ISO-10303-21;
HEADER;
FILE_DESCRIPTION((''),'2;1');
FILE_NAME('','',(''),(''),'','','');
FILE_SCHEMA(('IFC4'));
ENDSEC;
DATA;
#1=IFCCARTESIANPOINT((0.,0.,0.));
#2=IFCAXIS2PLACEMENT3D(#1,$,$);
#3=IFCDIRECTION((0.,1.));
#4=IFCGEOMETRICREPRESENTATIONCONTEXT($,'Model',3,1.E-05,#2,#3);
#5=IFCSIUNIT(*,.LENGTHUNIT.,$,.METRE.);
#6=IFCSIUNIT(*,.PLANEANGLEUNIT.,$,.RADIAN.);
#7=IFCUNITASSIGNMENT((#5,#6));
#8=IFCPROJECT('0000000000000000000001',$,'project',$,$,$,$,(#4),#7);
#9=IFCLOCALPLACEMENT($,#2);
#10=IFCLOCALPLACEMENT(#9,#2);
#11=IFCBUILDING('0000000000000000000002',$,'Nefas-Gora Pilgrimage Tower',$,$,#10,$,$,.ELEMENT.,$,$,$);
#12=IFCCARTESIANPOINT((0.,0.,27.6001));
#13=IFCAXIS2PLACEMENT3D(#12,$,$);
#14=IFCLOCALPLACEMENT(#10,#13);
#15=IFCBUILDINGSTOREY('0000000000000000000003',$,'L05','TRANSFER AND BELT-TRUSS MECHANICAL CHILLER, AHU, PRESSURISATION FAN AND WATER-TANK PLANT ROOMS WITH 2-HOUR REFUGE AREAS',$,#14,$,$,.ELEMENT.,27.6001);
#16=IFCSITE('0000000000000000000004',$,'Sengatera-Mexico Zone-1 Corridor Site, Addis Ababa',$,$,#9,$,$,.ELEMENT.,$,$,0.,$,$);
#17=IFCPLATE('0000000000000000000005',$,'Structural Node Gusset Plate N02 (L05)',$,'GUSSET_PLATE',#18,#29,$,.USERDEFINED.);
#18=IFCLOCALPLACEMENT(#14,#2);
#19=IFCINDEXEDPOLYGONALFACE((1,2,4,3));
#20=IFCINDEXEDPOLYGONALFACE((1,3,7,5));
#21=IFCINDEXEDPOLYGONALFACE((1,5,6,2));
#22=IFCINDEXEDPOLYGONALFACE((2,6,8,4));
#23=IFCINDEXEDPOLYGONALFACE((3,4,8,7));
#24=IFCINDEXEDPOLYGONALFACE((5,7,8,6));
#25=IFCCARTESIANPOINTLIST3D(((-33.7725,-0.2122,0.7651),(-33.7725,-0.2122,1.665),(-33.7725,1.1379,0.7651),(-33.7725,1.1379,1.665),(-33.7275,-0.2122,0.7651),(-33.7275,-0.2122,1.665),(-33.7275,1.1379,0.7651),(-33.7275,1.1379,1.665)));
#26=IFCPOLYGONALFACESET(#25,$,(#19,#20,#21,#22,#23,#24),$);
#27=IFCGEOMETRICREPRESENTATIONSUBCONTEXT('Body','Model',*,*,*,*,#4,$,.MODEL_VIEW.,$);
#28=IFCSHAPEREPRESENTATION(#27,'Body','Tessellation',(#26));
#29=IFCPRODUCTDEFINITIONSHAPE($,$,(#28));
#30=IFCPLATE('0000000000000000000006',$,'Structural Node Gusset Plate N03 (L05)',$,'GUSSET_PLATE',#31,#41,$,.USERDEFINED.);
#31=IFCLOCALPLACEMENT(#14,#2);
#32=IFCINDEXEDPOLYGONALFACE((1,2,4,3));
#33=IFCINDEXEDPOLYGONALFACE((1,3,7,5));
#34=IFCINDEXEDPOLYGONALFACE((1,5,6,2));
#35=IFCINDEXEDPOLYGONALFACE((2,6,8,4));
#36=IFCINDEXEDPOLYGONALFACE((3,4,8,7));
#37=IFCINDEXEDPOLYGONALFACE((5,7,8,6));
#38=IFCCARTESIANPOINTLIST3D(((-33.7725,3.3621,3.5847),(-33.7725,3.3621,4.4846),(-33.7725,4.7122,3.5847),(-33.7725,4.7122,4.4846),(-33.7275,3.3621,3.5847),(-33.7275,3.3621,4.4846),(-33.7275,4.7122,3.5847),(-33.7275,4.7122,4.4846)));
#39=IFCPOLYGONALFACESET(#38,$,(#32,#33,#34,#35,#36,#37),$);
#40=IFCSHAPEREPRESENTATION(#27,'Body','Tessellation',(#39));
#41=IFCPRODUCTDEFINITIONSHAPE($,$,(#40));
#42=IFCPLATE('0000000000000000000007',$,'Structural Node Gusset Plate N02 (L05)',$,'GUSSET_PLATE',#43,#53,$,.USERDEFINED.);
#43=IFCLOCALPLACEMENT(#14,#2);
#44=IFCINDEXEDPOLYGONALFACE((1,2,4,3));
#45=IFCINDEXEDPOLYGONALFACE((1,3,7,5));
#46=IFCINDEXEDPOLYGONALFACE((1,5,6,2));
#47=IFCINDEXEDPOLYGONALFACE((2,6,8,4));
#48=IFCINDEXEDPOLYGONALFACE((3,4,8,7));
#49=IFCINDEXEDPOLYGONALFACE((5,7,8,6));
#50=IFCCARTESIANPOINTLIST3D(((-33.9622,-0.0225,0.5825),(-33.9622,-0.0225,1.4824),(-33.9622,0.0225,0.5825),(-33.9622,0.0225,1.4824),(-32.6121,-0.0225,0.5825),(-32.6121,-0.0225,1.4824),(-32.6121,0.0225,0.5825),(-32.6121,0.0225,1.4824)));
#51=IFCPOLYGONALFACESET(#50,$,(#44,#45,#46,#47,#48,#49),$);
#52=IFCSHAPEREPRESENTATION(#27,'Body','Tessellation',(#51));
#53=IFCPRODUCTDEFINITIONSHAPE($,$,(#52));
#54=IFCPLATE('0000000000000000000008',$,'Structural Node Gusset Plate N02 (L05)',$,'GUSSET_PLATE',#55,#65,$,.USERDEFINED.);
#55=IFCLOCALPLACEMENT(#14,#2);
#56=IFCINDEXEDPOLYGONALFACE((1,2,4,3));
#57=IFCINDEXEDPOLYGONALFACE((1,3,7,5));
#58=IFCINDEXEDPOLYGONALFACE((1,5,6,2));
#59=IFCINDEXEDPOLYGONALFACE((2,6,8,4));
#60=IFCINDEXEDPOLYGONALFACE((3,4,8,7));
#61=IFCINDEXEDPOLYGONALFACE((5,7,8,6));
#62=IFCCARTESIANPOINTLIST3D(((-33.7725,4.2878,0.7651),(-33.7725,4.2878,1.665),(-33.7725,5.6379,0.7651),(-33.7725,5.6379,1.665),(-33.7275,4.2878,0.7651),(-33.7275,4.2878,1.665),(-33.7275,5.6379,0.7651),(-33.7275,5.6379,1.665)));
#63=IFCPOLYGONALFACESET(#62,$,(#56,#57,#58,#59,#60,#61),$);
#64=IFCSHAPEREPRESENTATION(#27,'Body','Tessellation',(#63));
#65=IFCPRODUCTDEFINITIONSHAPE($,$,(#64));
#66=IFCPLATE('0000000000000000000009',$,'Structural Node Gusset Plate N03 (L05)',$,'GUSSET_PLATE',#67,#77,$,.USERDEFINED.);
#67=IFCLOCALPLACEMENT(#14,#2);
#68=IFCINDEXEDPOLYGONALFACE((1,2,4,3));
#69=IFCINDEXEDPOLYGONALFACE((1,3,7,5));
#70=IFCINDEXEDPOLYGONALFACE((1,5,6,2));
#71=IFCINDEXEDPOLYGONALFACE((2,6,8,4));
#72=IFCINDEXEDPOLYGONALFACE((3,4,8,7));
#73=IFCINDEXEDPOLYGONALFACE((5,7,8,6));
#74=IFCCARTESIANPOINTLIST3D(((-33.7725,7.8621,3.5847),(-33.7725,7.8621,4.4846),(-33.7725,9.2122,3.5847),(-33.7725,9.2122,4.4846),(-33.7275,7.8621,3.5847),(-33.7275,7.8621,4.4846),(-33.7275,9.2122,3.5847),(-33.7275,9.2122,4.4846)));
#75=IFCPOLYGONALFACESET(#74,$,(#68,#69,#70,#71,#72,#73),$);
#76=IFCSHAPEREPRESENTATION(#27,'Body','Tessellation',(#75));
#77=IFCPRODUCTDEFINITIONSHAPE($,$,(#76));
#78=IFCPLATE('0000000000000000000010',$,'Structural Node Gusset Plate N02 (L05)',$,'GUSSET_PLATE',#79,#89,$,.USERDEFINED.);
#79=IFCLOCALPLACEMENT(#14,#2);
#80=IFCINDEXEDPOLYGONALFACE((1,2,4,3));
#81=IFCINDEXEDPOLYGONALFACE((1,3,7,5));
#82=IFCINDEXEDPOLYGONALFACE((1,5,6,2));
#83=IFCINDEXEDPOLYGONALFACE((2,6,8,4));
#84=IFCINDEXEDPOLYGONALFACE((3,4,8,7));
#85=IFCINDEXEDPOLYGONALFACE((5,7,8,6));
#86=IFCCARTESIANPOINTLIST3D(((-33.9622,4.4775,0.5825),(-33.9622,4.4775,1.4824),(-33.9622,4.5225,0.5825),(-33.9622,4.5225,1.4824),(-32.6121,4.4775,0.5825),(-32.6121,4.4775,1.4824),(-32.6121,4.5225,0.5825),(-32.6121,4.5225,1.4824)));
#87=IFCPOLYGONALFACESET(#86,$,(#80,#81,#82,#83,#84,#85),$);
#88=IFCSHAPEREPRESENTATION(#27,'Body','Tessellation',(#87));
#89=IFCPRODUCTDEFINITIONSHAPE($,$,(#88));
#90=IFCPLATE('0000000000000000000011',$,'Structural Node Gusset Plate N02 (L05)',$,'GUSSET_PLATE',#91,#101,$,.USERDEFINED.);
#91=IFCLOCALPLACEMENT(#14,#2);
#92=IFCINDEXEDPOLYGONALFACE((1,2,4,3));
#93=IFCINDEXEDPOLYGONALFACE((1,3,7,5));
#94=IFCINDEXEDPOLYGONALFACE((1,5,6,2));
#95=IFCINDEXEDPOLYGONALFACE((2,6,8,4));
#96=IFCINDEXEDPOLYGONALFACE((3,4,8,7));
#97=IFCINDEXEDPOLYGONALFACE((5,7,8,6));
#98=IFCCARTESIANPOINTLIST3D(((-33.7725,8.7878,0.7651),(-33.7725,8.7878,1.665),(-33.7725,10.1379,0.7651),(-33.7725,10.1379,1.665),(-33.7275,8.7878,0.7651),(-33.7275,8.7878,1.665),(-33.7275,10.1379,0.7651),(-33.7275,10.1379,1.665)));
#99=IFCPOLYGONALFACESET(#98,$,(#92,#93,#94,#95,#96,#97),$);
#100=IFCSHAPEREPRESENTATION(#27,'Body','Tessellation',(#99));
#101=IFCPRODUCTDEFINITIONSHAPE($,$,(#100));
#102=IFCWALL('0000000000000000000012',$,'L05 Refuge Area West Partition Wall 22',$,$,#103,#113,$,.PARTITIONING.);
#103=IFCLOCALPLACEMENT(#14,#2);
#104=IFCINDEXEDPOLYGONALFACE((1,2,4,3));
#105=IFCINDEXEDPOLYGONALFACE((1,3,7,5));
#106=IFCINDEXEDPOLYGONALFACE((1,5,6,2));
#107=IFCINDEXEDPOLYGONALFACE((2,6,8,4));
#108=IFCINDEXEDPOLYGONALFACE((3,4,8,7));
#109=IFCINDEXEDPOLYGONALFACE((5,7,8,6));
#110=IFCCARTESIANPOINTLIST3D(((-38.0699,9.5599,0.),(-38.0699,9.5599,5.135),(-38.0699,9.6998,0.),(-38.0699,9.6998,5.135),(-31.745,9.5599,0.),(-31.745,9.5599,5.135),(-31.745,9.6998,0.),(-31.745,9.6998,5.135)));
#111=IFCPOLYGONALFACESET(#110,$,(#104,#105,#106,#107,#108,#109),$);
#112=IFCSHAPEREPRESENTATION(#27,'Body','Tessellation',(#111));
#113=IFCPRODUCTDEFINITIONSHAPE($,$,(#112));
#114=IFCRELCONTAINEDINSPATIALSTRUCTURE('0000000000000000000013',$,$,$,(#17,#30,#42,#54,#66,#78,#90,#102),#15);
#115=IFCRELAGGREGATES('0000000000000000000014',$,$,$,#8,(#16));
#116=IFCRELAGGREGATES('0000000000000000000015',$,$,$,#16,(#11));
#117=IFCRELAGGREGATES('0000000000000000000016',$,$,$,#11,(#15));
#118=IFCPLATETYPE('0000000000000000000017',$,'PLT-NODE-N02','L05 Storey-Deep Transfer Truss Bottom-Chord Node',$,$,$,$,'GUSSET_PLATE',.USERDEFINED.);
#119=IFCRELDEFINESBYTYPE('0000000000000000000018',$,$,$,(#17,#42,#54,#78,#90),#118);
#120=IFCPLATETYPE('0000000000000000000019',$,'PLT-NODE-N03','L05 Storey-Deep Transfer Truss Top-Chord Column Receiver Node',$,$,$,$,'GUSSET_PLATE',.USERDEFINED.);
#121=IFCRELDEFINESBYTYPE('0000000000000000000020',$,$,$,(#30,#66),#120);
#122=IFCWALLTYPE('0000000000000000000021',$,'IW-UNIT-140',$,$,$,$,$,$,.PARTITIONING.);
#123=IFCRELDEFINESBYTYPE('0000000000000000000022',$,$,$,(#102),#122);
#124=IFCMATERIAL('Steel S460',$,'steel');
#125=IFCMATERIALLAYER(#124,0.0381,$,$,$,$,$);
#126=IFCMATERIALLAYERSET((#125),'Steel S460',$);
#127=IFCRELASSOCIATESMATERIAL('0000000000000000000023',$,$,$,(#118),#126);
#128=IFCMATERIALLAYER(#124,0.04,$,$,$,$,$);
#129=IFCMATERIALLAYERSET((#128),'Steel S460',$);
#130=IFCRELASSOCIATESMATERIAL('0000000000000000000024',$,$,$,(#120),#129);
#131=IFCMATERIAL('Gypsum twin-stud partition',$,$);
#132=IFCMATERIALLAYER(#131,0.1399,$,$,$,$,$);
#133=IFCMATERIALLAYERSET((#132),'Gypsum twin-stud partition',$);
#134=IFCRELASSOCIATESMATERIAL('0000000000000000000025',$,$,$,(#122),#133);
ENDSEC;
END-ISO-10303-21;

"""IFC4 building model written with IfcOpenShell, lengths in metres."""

from ifc_helpers import new_model, si_unit, direction, frame, frame_2d, origin, origin_2d, place, context, subcontext, project, spatial, rectangle, extrude, source, transform, mapped, material, layer, layer_set, type_object, element, save


model = new_model("IFC4")

# Units and contexts
model_context = context("Model", 3, precision=1e-05, world=origin(), true_north=direction((0.0, 1.0)))
body_context = subcontext(model_context, "Body", "Model", "MODEL_VIEW")
ifc_project = project(units=[si_unit("LENGTHUNIT", "METRE"), si_unit("PLANEANGLEUNIT", "RADIAN")], contexts=[model_context])

# Site, building, storey
site_placement = place(None, origin())
site = spatial("IfcSite", under=ifc_project, at=site_placement, Name="Sengatera-Mexico Zone-1 Corridor Site, Addis Ababa", CompositionType="ELEMENT", RefElevation=0.0)
building_placement = place(site_placement, origin())
building = spatial("IfcBuilding", under=site, at=building_placement, Name="Nefas-Gora Pilgrimage Tower", CompositionType="ELEMENT")
storey_placement = place(building_placement, frame((0.0, 0.0, 27.6001)))
storey = spatial("IfcBuildingStorey", under=building, at=storey_placement, Name="L05", Description="TRANSFER AND BELT-TRUSS MECHANICAL CHILLER, AHU, PRESSURISATION FAN AND WATER-TANK PLANT ROOMS WITH 2-HOUR REFUGE AREAS", CompositionType="ELEMENT", Elevation=27.6001)

# Shared definitions
ifc_material_1 = material(Name="Steel S460", Category="steel")

# Plates
ifc_layer_1 = layer(ifc_material_1, 0.0381)
ifc_layer_set_1 = layer_set([ifc_layer_1], Name="Steel S460")
plate_type_1 = type_object("IfcPlateType", Name="PLT-NODE-N02", Description="L05 Storey-Deep Transfer Truss Bottom-Chord Node", ElementType="GUSSET_PLATE", PredefinedType="USERDEFINED", material=ifc_layer_set_1)
shared_shape_1 = source(origin(), body_context, "Body", "SweptSolid", [
    extrude(rectangle(XDim=1.3501, YDim=0.0449, at=origin_2d()), origin(), (0.0, 0.0, 1.0), 0.8999),
])
for number, where, z_axis, x_axis, name in (
    (1, (-33.75, 0.4629, 0.7651), (0.0, 0.0, 1.0), (0.0, 1.0, 0.0), "Structural Node Gusset Plate N02 (L05)"),
):
    element("IfcPlate", number, at=place(storey_placement, frame(where, z_axis=z_axis, x_axis=x_axis)), inside=storey, type_object=plate_type_1, Name=name, ObjectType="GUSSET_PLATE", PredefinedType="USERDEFINED", context=body_context, shape_type="MappedRepresentation", body=[
        mapped(shared_shape_1, transform((0.0, 0.0, 0.0), x_axis=(1.0, 0.0, 0.0), y_axis=(0.0, 1.0, 0.0), z_axis=(0.0, 0.0, 1.0), scale=1.0)),
    ])
ifc_layer_2 = layer(ifc_material_1, 0.04)
ifc_layer_set_2 = layer_set([ifc_layer_2], Name="Steel S460")
plate_type_2 = type_object("IfcPlateType", Name="PLT-NODE-N03", Description="L05 Storey-Deep Transfer Truss Top-Chord Column Receiver Node", ElementType="GUSSET_PLATE", PredefinedType="USERDEFINED", material=ifc_layer_set_2)
plate_1_placement = place(storey_placement, frame((-33.75, 4.0371, 3.5847), z_axis=(0.0, 0.0, 1.0), x_axis=(0.0, 1.0, 0.0)))
element("IfcPlate", 2, at=plate_1_placement, inside=storey, type_object=plate_type_2, Name="Structural Node Gusset Plate N03 (L05)", ObjectType="GUSSET_PLATE", PredefinedType="USERDEFINED", context=body_context, shape_type="MappedRepresentation", body=[
    mapped(shared_shape_1, transform((0.0, 0.0, 0.0), x_axis=(1.0, 0.0, 0.0), y_axis=(0.0, 1.0, 0.0), z_axis=(0.0, 0.0, 1.0), scale=1.0)),
])
for number, where, z_axis, x_axis, name in (
    (3, (-33.2871, 0.0, 0.5825), (0.0, 0.0, 1.0), (1.0, 0.0, 0.0), "Structural Node Gusset Plate N02 (L05)"),
    (4, (-33.75, 4.9629, 0.7651), (0.0, 0.0, 1.0), (0.0, 1.0, 0.0), "Structural Node Gusset Plate N02 (L05)"),
):
    element("IfcPlate", number, at=place(storey_placement, frame(where, z_axis=z_axis, x_axis=x_axis)), inside=storey, type_object=plate_type_1, Name=name, ObjectType="GUSSET_PLATE", PredefinedType="USERDEFINED", context=body_context, shape_type="MappedRepresentation", body=[
        mapped(shared_shape_1, transform((0.0, 0.0, 0.0), x_axis=(1.0, 0.0, 0.0), y_axis=(0.0, 1.0, 0.0), z_axis=(0.0, 0.0, 1.0), scale=1.0)),
    ])
plate_2_placement = place(storey_placement, frame((-33.75, 8.5371, 3.5847), z_axis=(0.0, 0.0, 1.0), x_axis=(0.0, 1.0, 0.0)))
element("IfcPlate", 5, at=plate_2_placement, inside=storey, type_object=plate_type_2, Name="Structural Node Gusset Plate N03 (L05)", ObjectType="GUSSET_PLATE", PredefinedType="USERDEFINED", context=body_context, shape_type="MappedRepresentation", body=[
    mapped(shared_shape_1, transform((0.0, 0.0, 0.0), x_axis=(1.0, 0.0, 0.0), y_axis=(0.0, 1.0, 0.0), z_axis=(0.0, 0.0, 1.0), scale=1.0)),
])
for number, where, z_axis, x_axis, name in (
    (6, (-33.2871, 4.5, 0.5825), (0.0, 0.0, 1.0), (1.0, 0.0, 0.0), "Structural Node Gusset Plate N02 (L05)"),
    (7, (-33.75, 9.4629, 0.7651), (0.0, 0.0, 1.0), (0.0, 1.0, 0.0), "Structural Node Gusset Plate N02 (L05)"),
):
    element("IfcPlate", number, at=place(storey_placement, frame(where, z_axis=z_axis, x_axis=x_axis)), inside=storey, type_object=plate_type_1, Name=name, ObjectType="GUSSET_PLATE", PredefinedType="USERDEFINED", context=body_context, shape_type="MappedRepresentation", body=[
        mapped(shared_shape_1, transform((0.0, 0.0, 0.0), x_axis=(1.0, 0.0, 0.0), y_axis=(0.0, 1.0, 0.0), z_axis=(0.0, 0.0, 1.0), scale=1.0)),
    ])

# Wall
ifc_material_2 = material(Name="Gypsum twin-stud partition")
ifc_layer_3 = layer(ifc_material_2, 0.1399)
ifc_layer_set_3 = layer_set([ifc_layer_3], Name="Gypsum twin-stud partition")
wall_type = type_object("IfcWallType", Name="IW-UNIT-140", PredefinedType="PARTITIONING", material=ifc_layer_set_3)
shared_shape_2 = source(origin(), body_context, "Body", "SweptSolid", [
    extrude(rectangle(XDim=6.325, YDim=0.1399, at=frame_2d((3.1626, 0.0))), origin(), (0.0, 0.0, 1.0), 5.135),
])
wall_placement = place(storey_placement, frame((-38.0701, 9.6299, 0.0), z_axis=(0.0, 0.0, 1.0), x_axis=(1.0, 0.0, 0.0)))
element("IfcWall", 8, at=wall_placement, inside=storey, type_object=wall_type, Name="L05 Refuge Area West Partition Wall 22", PredefinedType="PARTITIONING", context=body_context, shape_type="MappedRepresentation", body=[
    mapped(shared_shape_2, transform((0.0, 0.0, 0.0), x_axis=(1.0, 0.0, 0.0), y_axis=(0.0, 1.0, 0.0), z_axis=(0.0, 0.0, 1.0), scale=1.0)),
])

save(model, "model.ifc")
